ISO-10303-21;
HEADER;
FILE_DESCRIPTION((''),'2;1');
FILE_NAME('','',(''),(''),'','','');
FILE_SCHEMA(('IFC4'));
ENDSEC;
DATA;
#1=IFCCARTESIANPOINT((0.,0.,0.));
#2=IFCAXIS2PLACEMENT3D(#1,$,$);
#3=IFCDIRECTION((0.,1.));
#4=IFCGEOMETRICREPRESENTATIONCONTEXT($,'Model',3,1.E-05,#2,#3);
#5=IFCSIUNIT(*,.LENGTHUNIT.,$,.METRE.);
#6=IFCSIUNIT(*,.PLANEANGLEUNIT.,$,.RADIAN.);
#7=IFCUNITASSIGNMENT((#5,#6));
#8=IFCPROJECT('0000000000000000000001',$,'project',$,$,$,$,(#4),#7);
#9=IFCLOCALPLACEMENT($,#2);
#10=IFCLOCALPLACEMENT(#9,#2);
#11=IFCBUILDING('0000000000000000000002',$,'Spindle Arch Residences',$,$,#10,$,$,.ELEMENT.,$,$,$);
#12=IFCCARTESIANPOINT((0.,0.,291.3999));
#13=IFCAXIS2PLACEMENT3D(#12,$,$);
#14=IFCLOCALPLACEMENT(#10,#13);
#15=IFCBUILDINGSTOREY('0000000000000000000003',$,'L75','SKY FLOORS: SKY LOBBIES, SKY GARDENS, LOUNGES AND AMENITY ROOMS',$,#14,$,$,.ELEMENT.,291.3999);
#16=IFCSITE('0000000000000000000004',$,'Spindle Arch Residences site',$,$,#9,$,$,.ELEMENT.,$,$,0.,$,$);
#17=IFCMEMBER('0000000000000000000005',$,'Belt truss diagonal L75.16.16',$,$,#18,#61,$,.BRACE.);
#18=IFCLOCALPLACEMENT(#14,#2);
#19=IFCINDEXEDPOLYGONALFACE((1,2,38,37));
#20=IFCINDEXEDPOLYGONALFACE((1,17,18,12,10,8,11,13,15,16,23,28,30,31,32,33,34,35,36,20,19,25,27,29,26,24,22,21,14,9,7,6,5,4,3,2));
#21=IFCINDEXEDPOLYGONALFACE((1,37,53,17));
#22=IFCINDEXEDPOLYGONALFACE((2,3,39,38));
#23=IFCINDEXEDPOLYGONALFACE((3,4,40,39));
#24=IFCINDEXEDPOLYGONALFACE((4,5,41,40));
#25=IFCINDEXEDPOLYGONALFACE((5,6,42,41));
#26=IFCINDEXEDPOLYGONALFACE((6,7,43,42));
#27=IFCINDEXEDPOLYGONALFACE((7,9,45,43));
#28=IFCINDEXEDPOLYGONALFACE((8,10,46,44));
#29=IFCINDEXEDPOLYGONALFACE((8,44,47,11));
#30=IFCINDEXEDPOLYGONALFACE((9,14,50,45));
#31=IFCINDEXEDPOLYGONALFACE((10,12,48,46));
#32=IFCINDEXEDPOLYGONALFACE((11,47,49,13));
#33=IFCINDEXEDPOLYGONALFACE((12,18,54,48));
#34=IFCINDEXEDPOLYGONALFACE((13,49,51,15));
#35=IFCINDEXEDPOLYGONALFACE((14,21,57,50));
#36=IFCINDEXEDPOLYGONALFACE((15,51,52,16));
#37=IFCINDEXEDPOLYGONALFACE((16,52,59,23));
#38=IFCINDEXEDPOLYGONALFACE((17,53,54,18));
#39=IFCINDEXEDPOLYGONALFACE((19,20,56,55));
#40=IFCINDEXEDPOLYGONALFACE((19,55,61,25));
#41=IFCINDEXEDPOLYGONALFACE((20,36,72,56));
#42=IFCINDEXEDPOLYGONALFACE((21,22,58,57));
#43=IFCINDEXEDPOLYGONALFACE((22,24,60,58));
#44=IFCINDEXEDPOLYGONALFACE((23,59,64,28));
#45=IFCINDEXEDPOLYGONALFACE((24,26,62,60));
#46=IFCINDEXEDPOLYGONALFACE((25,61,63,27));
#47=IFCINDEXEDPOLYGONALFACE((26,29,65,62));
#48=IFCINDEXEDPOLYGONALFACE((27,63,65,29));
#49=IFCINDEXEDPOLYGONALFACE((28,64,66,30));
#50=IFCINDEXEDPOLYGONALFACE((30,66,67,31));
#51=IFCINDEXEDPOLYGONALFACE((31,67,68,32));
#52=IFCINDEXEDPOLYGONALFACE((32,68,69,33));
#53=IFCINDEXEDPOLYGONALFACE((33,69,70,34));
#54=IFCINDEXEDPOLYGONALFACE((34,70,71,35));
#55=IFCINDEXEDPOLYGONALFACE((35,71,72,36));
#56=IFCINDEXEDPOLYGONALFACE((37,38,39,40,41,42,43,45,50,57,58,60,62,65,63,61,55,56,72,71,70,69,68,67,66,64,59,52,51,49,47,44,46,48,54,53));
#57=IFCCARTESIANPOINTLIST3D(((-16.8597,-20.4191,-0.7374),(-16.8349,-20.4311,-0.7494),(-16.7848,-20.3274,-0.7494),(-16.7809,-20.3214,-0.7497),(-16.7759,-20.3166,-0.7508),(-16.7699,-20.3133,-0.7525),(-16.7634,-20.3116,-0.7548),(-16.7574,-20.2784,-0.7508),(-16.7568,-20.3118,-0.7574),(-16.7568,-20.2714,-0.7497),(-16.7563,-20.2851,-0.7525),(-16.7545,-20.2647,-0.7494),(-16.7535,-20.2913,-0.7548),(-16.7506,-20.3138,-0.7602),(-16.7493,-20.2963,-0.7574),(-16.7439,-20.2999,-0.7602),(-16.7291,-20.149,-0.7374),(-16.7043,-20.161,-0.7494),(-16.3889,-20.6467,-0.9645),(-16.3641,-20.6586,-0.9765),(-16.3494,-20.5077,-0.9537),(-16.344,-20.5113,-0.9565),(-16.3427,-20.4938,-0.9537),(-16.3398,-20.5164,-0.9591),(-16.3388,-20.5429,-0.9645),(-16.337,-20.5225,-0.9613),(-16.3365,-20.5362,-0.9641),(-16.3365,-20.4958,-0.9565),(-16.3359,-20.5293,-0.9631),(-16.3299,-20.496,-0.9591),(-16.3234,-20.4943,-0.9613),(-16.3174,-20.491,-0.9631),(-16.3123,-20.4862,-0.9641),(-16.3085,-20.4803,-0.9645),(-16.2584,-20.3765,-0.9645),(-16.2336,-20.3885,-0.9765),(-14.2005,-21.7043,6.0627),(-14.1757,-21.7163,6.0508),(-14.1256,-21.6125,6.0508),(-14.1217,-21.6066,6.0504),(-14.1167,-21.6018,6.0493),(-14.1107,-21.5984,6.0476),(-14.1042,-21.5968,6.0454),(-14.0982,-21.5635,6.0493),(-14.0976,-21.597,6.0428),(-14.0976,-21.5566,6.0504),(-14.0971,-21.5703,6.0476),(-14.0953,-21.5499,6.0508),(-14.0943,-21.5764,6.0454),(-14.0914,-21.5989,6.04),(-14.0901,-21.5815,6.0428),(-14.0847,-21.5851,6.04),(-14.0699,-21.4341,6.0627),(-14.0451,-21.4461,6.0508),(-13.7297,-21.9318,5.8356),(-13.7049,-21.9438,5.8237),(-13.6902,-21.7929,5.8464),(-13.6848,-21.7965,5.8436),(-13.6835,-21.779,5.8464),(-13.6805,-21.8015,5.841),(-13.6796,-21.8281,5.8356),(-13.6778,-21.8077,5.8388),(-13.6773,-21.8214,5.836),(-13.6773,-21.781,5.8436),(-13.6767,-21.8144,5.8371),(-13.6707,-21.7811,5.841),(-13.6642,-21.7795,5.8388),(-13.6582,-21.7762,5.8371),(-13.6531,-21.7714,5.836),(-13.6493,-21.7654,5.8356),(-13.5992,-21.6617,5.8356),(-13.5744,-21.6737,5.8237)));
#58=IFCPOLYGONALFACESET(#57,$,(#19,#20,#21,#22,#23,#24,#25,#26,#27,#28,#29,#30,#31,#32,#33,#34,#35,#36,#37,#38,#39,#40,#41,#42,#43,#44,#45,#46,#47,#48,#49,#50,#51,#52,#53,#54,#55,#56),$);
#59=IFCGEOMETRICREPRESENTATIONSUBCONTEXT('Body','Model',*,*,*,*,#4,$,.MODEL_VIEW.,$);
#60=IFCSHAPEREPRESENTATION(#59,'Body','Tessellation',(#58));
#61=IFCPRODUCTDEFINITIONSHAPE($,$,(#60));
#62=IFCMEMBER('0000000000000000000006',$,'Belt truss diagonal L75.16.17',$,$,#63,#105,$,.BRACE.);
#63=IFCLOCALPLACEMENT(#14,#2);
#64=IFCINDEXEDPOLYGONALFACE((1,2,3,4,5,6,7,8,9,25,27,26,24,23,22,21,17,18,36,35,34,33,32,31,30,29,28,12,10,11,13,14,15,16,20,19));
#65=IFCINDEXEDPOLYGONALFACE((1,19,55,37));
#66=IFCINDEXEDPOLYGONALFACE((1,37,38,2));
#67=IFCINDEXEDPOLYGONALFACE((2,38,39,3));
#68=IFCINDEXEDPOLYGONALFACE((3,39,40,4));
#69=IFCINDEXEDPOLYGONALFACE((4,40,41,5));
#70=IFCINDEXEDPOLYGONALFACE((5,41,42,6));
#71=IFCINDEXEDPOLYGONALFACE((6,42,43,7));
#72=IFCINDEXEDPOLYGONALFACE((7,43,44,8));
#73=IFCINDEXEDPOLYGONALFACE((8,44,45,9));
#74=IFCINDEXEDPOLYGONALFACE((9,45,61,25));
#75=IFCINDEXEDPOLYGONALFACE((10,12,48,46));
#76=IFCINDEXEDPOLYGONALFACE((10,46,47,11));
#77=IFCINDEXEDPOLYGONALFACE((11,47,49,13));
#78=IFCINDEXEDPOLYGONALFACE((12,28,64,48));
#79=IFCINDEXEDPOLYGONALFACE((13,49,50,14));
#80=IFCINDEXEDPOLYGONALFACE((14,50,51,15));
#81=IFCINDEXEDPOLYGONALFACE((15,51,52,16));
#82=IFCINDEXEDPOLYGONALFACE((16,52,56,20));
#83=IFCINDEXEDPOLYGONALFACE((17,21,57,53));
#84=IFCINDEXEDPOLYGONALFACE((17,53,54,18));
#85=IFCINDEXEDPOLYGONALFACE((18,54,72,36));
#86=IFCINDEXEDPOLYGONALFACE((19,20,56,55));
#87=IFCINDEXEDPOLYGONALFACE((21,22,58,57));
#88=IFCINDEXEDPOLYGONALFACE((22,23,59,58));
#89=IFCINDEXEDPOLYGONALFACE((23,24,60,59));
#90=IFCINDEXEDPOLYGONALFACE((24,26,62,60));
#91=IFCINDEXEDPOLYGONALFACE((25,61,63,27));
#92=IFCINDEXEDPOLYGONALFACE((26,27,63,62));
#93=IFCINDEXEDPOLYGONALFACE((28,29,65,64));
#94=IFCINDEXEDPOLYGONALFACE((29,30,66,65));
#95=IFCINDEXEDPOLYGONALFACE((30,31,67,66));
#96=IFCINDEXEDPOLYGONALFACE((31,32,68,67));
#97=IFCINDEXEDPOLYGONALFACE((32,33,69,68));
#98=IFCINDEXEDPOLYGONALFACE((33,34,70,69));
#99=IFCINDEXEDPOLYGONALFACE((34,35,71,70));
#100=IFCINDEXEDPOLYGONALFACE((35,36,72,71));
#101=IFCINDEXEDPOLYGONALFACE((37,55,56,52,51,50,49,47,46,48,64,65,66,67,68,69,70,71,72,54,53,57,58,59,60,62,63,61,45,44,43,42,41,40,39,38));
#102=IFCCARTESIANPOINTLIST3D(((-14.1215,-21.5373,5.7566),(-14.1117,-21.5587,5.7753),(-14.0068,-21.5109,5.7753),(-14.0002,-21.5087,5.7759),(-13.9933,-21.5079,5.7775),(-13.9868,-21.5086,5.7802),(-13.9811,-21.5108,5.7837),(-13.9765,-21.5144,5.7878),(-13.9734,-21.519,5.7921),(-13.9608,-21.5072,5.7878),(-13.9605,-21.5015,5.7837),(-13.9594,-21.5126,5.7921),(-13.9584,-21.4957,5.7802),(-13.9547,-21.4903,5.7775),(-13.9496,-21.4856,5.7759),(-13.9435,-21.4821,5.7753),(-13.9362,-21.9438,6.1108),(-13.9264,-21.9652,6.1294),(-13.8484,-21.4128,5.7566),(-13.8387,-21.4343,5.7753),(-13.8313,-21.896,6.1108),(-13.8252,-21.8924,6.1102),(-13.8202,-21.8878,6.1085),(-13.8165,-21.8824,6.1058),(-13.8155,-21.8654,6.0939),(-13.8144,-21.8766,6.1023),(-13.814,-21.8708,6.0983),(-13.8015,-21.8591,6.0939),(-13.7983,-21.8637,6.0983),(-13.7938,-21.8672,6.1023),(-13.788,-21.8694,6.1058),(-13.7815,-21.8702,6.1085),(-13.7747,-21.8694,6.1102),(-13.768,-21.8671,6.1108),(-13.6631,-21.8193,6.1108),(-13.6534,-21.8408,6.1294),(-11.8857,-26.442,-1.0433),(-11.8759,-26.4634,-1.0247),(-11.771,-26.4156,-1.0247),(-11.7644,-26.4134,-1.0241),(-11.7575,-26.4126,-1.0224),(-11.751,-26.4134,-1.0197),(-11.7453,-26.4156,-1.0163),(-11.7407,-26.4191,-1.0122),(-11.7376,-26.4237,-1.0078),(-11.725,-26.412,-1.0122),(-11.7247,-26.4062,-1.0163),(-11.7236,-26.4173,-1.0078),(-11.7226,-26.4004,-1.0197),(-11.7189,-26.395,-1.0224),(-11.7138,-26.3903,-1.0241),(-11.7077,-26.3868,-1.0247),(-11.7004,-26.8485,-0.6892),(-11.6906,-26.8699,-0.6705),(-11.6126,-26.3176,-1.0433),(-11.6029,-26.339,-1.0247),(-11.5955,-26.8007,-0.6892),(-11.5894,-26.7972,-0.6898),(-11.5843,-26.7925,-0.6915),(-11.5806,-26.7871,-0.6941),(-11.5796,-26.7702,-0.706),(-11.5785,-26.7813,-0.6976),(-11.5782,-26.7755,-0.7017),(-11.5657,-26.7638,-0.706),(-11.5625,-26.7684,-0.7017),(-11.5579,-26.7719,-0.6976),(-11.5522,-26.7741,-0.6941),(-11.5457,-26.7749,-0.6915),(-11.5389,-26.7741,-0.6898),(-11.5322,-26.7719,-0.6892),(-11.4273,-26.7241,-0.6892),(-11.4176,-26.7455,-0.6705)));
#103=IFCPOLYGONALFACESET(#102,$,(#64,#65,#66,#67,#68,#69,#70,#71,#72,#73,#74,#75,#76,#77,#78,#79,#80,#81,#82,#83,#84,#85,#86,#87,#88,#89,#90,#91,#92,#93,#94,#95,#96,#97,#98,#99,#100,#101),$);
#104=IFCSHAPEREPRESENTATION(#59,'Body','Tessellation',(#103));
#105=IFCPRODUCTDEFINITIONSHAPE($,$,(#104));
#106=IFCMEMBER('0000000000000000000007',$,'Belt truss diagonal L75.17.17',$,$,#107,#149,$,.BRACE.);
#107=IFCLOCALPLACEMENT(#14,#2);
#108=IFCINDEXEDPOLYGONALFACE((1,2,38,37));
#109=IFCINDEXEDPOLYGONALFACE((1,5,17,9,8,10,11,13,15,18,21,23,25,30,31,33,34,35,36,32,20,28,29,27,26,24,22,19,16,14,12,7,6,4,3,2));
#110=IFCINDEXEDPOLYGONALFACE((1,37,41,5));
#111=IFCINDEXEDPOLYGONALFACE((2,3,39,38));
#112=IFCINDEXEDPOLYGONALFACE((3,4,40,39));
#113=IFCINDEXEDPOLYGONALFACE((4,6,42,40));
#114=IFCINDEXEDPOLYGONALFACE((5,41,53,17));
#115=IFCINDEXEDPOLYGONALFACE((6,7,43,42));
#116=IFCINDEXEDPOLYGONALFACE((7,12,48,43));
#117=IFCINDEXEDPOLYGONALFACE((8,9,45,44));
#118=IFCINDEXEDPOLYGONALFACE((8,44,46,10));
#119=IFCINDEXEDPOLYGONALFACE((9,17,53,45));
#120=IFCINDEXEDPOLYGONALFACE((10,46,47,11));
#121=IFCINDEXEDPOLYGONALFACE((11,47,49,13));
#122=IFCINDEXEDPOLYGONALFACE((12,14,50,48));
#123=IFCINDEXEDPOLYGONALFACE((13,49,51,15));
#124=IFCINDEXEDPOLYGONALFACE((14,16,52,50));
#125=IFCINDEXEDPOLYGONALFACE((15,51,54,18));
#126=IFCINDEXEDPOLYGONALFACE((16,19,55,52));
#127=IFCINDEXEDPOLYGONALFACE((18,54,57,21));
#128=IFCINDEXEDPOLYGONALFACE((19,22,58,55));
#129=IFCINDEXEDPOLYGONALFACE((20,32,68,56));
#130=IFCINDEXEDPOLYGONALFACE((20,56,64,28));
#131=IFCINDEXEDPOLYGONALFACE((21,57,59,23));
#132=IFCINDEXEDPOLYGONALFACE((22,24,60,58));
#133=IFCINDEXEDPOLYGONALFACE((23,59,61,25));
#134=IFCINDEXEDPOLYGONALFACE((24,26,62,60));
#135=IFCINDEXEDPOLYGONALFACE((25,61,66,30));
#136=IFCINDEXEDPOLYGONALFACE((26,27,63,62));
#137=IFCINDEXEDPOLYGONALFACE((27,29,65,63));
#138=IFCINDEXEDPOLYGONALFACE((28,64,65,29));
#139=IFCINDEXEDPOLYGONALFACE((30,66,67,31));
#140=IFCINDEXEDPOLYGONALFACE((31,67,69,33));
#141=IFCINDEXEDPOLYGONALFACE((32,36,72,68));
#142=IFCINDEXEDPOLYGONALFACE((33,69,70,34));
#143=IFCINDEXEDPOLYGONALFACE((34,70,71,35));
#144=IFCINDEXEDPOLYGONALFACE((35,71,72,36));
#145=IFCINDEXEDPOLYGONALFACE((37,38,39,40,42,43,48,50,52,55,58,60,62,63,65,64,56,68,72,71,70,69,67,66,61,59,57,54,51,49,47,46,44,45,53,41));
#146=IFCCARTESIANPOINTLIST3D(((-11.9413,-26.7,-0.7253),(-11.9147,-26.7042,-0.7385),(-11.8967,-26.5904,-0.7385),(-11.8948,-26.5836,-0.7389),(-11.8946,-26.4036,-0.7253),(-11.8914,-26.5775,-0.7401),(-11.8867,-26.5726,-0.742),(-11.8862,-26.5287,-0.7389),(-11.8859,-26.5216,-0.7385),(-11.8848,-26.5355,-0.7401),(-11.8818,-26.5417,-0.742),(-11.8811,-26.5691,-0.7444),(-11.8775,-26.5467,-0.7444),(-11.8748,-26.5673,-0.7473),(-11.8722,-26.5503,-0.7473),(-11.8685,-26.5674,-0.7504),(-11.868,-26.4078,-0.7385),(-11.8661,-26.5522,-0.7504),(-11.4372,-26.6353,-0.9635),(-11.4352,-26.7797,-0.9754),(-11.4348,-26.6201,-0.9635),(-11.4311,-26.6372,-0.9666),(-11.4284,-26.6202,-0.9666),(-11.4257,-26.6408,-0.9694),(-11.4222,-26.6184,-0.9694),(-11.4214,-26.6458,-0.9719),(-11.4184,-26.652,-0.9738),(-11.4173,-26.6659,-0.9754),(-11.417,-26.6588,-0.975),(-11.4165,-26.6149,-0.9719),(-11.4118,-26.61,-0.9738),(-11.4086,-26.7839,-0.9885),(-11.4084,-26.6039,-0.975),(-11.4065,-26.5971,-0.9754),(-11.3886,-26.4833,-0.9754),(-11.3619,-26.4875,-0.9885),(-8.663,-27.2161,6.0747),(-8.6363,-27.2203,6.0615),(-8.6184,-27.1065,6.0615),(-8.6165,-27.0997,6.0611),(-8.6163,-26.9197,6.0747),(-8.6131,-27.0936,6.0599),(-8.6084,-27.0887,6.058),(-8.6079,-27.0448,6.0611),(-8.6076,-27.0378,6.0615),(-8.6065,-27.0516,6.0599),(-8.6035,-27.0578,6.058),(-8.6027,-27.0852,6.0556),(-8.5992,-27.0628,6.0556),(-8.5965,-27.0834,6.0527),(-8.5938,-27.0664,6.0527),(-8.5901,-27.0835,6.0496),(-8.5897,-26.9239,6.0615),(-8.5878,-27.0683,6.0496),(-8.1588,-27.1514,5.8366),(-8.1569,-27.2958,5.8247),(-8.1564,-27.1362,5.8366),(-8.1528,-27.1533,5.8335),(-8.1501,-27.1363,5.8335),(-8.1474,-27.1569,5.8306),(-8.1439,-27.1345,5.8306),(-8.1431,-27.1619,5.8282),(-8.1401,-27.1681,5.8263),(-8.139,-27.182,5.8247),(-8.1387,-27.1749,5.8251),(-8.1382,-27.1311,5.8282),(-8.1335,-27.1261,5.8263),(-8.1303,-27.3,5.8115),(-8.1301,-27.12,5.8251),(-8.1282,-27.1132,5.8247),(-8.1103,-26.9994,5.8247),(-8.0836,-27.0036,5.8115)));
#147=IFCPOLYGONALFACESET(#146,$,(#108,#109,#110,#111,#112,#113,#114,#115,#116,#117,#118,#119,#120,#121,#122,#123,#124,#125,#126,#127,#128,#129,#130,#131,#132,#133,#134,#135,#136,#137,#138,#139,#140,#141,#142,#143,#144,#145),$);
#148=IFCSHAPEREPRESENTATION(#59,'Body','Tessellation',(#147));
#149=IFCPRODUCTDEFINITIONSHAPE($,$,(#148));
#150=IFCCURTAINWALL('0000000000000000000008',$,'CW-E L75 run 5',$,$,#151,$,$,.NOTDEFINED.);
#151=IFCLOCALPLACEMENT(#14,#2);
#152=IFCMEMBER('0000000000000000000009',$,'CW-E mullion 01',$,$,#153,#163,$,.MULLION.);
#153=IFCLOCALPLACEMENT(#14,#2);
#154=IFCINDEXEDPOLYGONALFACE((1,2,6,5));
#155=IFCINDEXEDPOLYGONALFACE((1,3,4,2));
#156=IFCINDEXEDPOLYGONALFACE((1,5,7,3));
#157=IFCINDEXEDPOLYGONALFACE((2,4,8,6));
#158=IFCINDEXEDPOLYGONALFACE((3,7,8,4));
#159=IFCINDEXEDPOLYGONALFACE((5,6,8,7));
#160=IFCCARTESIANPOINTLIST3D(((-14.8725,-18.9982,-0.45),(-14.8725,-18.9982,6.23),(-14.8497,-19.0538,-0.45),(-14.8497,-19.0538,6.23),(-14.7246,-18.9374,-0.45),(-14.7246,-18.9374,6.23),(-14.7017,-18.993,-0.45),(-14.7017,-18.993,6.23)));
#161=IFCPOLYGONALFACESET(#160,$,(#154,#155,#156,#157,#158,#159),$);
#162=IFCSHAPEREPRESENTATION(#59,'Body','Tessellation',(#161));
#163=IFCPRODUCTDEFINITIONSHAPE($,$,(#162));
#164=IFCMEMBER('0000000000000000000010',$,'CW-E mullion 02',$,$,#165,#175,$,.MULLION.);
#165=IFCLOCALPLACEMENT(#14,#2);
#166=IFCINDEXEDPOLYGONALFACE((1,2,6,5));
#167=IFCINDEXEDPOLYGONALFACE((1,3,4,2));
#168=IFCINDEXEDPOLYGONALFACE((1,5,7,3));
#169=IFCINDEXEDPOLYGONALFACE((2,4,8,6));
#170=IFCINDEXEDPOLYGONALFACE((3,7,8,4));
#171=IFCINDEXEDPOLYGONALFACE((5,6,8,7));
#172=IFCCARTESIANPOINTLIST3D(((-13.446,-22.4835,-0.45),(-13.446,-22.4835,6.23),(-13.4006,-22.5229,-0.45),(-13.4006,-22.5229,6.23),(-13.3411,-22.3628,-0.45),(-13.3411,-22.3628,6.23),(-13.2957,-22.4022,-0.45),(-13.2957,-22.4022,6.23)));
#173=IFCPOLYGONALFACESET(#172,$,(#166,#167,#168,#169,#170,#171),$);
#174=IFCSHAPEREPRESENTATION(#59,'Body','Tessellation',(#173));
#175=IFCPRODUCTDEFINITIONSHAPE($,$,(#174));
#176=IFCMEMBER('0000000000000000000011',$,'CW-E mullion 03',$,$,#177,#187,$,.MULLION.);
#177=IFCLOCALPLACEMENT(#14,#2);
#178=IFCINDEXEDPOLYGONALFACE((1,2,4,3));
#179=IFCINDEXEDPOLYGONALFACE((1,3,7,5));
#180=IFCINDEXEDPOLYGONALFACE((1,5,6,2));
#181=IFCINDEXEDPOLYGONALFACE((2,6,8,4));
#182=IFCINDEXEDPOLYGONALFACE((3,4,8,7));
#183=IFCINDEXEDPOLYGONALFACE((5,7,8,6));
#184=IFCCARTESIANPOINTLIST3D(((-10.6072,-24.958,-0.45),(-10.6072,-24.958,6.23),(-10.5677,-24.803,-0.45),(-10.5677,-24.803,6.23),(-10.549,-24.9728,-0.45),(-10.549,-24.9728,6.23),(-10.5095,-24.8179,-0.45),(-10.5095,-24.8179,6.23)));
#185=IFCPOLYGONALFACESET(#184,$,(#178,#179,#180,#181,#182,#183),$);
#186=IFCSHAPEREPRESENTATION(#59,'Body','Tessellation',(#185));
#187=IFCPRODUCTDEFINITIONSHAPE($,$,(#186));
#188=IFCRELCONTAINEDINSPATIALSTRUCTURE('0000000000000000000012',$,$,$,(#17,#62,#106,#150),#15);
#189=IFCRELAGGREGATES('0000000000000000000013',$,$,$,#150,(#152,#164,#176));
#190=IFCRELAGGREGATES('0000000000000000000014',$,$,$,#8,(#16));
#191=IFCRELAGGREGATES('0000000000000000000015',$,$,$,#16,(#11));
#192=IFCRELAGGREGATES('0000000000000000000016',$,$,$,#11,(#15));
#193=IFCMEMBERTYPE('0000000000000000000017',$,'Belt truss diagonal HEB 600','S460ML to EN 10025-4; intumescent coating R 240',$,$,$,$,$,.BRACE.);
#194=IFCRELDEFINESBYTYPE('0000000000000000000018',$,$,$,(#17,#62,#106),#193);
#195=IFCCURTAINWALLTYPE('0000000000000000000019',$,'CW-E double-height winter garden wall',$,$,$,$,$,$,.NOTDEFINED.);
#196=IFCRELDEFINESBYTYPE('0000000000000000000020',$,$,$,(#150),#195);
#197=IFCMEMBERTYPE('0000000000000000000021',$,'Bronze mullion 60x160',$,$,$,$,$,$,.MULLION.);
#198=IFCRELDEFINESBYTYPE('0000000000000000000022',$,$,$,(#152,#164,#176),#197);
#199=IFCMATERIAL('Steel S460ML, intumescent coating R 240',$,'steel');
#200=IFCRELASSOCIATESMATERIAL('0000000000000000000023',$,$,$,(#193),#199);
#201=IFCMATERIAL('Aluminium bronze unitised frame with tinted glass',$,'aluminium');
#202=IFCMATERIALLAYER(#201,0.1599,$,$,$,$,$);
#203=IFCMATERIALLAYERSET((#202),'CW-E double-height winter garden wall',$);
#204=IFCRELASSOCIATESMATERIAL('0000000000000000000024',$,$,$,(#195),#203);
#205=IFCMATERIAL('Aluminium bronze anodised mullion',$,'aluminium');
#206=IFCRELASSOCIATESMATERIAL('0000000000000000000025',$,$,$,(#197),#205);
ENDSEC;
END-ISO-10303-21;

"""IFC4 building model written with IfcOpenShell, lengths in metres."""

from ifc_helpers import new_model, si_unit, direction, frame, origin, origin_2d, place, context, subcontext, project, spatial, rectangle, i_section, extrude, material, layer, layer_set, material_profile, profile_set, type_object, element, aggregate, save


model = new_model("IFC4")

# Units and contexts
model_context = context("Model", 3, precision=1e-05, world=origin(), true_north=direction((0.0, 1.0)))
body_context = subcontext(model_context, "Body", "Model", "MODEL_VIEW")
ifc_project = project(units=[si_unit("LENGTHUNIT", "METRE"), si_unit("PLANEANGLEUNIT", "RADIAN")], contexts=[model_context])

# Site, building, storey
site_placement = place(None, origin())
site = spatial("IfcSite", under=ifc_project, at=site_placement, Name="Spindle Arch Residences site", CompositionType="ELEMENT", RefElevation=0.0)
building_placement = place(site_placement, origin())
building = spatial("IfcBuilding", under=site, at=building_placement, Name="Spindle Arch Residences", CompositionType="ELEMENT")
storey_placement = place(building_placement, frame((0.0, 0.0, 291.3999)))
storey = spatial("IfcBuildingStorey", under=building, at=storey_placement, Name="L75", Description="SKY FLOORS: SKY LOBBIES, SKY GARDENS, LOUNGES AND AMENITY ROOMS", CompositionType="ELEMENT", Elevation=291.3999)

# Members
ifc_material_1 = material(Name="Steel S460ML, intumescent coating R 240", Category="steel")
ifc_material_profile_1 = material_profile(ifc_material_1, i_section(OverallWidth=0.3, OverallDepth=0.6001, WebThickness=0.0154, FlangeThickness=0.03, FilletRadius=0.0271, at=origin_2d()), Name="HEB 600")
ifc_profile_set_1 = profile_set([ifc_material_profile_1], Name="Steel S460ML, intumescent coating R 240")
member_type_1 = type_object("IfcMemberType", Name="Belt truss diagonal HEB 600", Description="S460ML to EN 10025-4; intumescent coating R 240", PredefinedType="BRACE", material=ifc_profile_set_1)
member_1_placement = place(storey_placement, frame((-16.5466, -20.4038, -0.8569), z_axis=(0.358683, -0.173348, 0.917223), x_axis=(0.435137, 0.900364, 0.0)))
element("IfcMember", 1, at=member_1_placement, inside=storey, type_object=member_type_1, Name="Belt truss diagonal L75.16.16", PredefinedType="BRACE", context=body_context, shape_type="SweptSolid", body=[
    extrude(i_section(OverallWidth=0.3, OverallDepth=0.6001, WebThickness=0.0154, FlangeThickness=0.03, FilletRadius=0.0271, at=origin_2d()), origin(), (0.0, 0.0, 1.0), 7.4138),
])
member_2_placement = place(storey_placement, frame((-11.6516, -26.5938, -0.8569), z_axis=(-0.257664, 0.565239, 0.783654), x_axis=(-0.909919, -0.414785, 0.0)))
element("IfcMember", 2, at=member_2_placement, inside=storey, type_object=member_type_1, Name="Belt truss diagonal L75.16.17", PredefinedType="BRACE", context=body_context, shape_type="SweptSolid", body=[
    extrude(i_section(OverallWidth=0.3, OverallDepth=0.6001, WebThickness=0.0154, FlangeThickness=0.03, FilletRadius=0.0271, at=origin_2d()), origin(), (0.0, 0.0, 1.0), 8.6772),
])
member_3_placement = place(storey_placement, frame((-11.6516, -26.5938, -0.8569), z_axis=(0.433258, -0.068209, 0.898685), x_axis=(0.155517, 0.987833, 0.0)))
element("IfcMember", 3, at=member_3_placement, inside=storey, type_object=member_type_1, Name="Belt truss diagonal L75.17.17", PredefinedType="BRACE", context=body_context, shape_type="SweptSolid", body=[
    extrude(i_section(OverallWidth=0.3, OverallDepth=0.6001, WebThickness=0.0154, FlangeThickness=0.03, FilletRadius=0.0271, at=origin_2d()), origin(), (0.0, 0.0, 1.0), 7.5667),
])

# Curtain wall, members
ifc_material_2 = material(Name="Aluminium bronze unitised frame with tinted glass", Category="aluminium")
ifc_layer_1 = layer(ifc_material_2, 0.1599)
ifc_layer_set_1 = layer_set([ifc_layer_1], Name="CW-E double-height winter garden wall")
curtain_wall_type = type_object("IfcCurtainWallType", Name="CW-E double-height winter garden wall", PredefinedType="NOTDEFINED", material=ifc_layer_set_1)
curtain_wall_placement = place(storey_placement, origin())
curtain_wall = element("IfcCurtainWall", 4, at=curtain_wall_placement, inside=storey, type_object=curtain_wall_type, Name="CW-E L75 run 5", PredefinedType="NOTDEFINED")
ifc_material_3 = material(Name="Aluminium bronze anodised mullion", Category="aluminium")
ifc_material_profile_2 = material_profile(ifc_material_3, rectangle(XDim=0.1599, YDim=0.0601, at=origin_2d()), Name="MU 60x160")
ifc_profile_set_2 = profile_set([ifc_material_profile_2], Name="Aluminium bronze anodised mullion")
member_type_2 = type_object("IfcMemberType", Name="Bronze mullion 60x160", PredefinedType="MULLION", material=ifc_profile_set_2)
member_4_placement = place(storey_placement, frame((-14.7871, -18.9956, -0.45), z_axis=(0.0, 0.0, 1.0), x_axis=(0.924989, 0.379994, 0.0)))
member_4 = element("IfcMember", 5, at=member_4_placement, type_object=member_type_2, Name="CW-E mullion 01", PredefinedType="MULLION", context=body_context, shape_type="SweptSolid", body=[
    extrude(rectangle(XDim=0.1599, YDim=0.0601, at=origin_2d()), origin(), (0.0, 0.0, 1.0), 6.6799),
])
member_5_placement = place(storey_placement, frame((-13.3708, -22.4429, -0.45), z_axis=(0.0, 0.0, 1.0), x_axis=(0.656059, 0.75471, 0.0)))
member_5 = element("IfcMember", 6, at=member_5_placement, type_object=member_type_2, Name="CW-E mullion 02", PredefinedType="MULLION", context=body_context, shape_type="SweptSolid", body=[
    extrude(rectangle(XDim=0.1599, YDim=0.0601, at=origin_2d()), origin(), (0.0, 0.0, 1.0), 6.6799),
])
member_6_placement = place(storey_placement, frame((-10.5583, -24.8879, -0.45), z_axis=(0.0, 0.0, 1.0), x_axis=(0.247563, 0.968872, 0.0)))
member_6 = element("IfcMember", 7, at=member_6_placement, type_object=member_type_2, Name="CW-E mullion 03", PredefinedType="MULLION", context=body_context, shape_type="SweptSolid", body=[
    extrude(rectangle(XDim=0.1599, YDim=0.0601, at=origin_2d()), origin(), (0.0, 0.0, 1.0), 6.6799),
])
aggregate(curtain_wall, [member_4, member_5, member_6])

save(model, "model.ifc")
